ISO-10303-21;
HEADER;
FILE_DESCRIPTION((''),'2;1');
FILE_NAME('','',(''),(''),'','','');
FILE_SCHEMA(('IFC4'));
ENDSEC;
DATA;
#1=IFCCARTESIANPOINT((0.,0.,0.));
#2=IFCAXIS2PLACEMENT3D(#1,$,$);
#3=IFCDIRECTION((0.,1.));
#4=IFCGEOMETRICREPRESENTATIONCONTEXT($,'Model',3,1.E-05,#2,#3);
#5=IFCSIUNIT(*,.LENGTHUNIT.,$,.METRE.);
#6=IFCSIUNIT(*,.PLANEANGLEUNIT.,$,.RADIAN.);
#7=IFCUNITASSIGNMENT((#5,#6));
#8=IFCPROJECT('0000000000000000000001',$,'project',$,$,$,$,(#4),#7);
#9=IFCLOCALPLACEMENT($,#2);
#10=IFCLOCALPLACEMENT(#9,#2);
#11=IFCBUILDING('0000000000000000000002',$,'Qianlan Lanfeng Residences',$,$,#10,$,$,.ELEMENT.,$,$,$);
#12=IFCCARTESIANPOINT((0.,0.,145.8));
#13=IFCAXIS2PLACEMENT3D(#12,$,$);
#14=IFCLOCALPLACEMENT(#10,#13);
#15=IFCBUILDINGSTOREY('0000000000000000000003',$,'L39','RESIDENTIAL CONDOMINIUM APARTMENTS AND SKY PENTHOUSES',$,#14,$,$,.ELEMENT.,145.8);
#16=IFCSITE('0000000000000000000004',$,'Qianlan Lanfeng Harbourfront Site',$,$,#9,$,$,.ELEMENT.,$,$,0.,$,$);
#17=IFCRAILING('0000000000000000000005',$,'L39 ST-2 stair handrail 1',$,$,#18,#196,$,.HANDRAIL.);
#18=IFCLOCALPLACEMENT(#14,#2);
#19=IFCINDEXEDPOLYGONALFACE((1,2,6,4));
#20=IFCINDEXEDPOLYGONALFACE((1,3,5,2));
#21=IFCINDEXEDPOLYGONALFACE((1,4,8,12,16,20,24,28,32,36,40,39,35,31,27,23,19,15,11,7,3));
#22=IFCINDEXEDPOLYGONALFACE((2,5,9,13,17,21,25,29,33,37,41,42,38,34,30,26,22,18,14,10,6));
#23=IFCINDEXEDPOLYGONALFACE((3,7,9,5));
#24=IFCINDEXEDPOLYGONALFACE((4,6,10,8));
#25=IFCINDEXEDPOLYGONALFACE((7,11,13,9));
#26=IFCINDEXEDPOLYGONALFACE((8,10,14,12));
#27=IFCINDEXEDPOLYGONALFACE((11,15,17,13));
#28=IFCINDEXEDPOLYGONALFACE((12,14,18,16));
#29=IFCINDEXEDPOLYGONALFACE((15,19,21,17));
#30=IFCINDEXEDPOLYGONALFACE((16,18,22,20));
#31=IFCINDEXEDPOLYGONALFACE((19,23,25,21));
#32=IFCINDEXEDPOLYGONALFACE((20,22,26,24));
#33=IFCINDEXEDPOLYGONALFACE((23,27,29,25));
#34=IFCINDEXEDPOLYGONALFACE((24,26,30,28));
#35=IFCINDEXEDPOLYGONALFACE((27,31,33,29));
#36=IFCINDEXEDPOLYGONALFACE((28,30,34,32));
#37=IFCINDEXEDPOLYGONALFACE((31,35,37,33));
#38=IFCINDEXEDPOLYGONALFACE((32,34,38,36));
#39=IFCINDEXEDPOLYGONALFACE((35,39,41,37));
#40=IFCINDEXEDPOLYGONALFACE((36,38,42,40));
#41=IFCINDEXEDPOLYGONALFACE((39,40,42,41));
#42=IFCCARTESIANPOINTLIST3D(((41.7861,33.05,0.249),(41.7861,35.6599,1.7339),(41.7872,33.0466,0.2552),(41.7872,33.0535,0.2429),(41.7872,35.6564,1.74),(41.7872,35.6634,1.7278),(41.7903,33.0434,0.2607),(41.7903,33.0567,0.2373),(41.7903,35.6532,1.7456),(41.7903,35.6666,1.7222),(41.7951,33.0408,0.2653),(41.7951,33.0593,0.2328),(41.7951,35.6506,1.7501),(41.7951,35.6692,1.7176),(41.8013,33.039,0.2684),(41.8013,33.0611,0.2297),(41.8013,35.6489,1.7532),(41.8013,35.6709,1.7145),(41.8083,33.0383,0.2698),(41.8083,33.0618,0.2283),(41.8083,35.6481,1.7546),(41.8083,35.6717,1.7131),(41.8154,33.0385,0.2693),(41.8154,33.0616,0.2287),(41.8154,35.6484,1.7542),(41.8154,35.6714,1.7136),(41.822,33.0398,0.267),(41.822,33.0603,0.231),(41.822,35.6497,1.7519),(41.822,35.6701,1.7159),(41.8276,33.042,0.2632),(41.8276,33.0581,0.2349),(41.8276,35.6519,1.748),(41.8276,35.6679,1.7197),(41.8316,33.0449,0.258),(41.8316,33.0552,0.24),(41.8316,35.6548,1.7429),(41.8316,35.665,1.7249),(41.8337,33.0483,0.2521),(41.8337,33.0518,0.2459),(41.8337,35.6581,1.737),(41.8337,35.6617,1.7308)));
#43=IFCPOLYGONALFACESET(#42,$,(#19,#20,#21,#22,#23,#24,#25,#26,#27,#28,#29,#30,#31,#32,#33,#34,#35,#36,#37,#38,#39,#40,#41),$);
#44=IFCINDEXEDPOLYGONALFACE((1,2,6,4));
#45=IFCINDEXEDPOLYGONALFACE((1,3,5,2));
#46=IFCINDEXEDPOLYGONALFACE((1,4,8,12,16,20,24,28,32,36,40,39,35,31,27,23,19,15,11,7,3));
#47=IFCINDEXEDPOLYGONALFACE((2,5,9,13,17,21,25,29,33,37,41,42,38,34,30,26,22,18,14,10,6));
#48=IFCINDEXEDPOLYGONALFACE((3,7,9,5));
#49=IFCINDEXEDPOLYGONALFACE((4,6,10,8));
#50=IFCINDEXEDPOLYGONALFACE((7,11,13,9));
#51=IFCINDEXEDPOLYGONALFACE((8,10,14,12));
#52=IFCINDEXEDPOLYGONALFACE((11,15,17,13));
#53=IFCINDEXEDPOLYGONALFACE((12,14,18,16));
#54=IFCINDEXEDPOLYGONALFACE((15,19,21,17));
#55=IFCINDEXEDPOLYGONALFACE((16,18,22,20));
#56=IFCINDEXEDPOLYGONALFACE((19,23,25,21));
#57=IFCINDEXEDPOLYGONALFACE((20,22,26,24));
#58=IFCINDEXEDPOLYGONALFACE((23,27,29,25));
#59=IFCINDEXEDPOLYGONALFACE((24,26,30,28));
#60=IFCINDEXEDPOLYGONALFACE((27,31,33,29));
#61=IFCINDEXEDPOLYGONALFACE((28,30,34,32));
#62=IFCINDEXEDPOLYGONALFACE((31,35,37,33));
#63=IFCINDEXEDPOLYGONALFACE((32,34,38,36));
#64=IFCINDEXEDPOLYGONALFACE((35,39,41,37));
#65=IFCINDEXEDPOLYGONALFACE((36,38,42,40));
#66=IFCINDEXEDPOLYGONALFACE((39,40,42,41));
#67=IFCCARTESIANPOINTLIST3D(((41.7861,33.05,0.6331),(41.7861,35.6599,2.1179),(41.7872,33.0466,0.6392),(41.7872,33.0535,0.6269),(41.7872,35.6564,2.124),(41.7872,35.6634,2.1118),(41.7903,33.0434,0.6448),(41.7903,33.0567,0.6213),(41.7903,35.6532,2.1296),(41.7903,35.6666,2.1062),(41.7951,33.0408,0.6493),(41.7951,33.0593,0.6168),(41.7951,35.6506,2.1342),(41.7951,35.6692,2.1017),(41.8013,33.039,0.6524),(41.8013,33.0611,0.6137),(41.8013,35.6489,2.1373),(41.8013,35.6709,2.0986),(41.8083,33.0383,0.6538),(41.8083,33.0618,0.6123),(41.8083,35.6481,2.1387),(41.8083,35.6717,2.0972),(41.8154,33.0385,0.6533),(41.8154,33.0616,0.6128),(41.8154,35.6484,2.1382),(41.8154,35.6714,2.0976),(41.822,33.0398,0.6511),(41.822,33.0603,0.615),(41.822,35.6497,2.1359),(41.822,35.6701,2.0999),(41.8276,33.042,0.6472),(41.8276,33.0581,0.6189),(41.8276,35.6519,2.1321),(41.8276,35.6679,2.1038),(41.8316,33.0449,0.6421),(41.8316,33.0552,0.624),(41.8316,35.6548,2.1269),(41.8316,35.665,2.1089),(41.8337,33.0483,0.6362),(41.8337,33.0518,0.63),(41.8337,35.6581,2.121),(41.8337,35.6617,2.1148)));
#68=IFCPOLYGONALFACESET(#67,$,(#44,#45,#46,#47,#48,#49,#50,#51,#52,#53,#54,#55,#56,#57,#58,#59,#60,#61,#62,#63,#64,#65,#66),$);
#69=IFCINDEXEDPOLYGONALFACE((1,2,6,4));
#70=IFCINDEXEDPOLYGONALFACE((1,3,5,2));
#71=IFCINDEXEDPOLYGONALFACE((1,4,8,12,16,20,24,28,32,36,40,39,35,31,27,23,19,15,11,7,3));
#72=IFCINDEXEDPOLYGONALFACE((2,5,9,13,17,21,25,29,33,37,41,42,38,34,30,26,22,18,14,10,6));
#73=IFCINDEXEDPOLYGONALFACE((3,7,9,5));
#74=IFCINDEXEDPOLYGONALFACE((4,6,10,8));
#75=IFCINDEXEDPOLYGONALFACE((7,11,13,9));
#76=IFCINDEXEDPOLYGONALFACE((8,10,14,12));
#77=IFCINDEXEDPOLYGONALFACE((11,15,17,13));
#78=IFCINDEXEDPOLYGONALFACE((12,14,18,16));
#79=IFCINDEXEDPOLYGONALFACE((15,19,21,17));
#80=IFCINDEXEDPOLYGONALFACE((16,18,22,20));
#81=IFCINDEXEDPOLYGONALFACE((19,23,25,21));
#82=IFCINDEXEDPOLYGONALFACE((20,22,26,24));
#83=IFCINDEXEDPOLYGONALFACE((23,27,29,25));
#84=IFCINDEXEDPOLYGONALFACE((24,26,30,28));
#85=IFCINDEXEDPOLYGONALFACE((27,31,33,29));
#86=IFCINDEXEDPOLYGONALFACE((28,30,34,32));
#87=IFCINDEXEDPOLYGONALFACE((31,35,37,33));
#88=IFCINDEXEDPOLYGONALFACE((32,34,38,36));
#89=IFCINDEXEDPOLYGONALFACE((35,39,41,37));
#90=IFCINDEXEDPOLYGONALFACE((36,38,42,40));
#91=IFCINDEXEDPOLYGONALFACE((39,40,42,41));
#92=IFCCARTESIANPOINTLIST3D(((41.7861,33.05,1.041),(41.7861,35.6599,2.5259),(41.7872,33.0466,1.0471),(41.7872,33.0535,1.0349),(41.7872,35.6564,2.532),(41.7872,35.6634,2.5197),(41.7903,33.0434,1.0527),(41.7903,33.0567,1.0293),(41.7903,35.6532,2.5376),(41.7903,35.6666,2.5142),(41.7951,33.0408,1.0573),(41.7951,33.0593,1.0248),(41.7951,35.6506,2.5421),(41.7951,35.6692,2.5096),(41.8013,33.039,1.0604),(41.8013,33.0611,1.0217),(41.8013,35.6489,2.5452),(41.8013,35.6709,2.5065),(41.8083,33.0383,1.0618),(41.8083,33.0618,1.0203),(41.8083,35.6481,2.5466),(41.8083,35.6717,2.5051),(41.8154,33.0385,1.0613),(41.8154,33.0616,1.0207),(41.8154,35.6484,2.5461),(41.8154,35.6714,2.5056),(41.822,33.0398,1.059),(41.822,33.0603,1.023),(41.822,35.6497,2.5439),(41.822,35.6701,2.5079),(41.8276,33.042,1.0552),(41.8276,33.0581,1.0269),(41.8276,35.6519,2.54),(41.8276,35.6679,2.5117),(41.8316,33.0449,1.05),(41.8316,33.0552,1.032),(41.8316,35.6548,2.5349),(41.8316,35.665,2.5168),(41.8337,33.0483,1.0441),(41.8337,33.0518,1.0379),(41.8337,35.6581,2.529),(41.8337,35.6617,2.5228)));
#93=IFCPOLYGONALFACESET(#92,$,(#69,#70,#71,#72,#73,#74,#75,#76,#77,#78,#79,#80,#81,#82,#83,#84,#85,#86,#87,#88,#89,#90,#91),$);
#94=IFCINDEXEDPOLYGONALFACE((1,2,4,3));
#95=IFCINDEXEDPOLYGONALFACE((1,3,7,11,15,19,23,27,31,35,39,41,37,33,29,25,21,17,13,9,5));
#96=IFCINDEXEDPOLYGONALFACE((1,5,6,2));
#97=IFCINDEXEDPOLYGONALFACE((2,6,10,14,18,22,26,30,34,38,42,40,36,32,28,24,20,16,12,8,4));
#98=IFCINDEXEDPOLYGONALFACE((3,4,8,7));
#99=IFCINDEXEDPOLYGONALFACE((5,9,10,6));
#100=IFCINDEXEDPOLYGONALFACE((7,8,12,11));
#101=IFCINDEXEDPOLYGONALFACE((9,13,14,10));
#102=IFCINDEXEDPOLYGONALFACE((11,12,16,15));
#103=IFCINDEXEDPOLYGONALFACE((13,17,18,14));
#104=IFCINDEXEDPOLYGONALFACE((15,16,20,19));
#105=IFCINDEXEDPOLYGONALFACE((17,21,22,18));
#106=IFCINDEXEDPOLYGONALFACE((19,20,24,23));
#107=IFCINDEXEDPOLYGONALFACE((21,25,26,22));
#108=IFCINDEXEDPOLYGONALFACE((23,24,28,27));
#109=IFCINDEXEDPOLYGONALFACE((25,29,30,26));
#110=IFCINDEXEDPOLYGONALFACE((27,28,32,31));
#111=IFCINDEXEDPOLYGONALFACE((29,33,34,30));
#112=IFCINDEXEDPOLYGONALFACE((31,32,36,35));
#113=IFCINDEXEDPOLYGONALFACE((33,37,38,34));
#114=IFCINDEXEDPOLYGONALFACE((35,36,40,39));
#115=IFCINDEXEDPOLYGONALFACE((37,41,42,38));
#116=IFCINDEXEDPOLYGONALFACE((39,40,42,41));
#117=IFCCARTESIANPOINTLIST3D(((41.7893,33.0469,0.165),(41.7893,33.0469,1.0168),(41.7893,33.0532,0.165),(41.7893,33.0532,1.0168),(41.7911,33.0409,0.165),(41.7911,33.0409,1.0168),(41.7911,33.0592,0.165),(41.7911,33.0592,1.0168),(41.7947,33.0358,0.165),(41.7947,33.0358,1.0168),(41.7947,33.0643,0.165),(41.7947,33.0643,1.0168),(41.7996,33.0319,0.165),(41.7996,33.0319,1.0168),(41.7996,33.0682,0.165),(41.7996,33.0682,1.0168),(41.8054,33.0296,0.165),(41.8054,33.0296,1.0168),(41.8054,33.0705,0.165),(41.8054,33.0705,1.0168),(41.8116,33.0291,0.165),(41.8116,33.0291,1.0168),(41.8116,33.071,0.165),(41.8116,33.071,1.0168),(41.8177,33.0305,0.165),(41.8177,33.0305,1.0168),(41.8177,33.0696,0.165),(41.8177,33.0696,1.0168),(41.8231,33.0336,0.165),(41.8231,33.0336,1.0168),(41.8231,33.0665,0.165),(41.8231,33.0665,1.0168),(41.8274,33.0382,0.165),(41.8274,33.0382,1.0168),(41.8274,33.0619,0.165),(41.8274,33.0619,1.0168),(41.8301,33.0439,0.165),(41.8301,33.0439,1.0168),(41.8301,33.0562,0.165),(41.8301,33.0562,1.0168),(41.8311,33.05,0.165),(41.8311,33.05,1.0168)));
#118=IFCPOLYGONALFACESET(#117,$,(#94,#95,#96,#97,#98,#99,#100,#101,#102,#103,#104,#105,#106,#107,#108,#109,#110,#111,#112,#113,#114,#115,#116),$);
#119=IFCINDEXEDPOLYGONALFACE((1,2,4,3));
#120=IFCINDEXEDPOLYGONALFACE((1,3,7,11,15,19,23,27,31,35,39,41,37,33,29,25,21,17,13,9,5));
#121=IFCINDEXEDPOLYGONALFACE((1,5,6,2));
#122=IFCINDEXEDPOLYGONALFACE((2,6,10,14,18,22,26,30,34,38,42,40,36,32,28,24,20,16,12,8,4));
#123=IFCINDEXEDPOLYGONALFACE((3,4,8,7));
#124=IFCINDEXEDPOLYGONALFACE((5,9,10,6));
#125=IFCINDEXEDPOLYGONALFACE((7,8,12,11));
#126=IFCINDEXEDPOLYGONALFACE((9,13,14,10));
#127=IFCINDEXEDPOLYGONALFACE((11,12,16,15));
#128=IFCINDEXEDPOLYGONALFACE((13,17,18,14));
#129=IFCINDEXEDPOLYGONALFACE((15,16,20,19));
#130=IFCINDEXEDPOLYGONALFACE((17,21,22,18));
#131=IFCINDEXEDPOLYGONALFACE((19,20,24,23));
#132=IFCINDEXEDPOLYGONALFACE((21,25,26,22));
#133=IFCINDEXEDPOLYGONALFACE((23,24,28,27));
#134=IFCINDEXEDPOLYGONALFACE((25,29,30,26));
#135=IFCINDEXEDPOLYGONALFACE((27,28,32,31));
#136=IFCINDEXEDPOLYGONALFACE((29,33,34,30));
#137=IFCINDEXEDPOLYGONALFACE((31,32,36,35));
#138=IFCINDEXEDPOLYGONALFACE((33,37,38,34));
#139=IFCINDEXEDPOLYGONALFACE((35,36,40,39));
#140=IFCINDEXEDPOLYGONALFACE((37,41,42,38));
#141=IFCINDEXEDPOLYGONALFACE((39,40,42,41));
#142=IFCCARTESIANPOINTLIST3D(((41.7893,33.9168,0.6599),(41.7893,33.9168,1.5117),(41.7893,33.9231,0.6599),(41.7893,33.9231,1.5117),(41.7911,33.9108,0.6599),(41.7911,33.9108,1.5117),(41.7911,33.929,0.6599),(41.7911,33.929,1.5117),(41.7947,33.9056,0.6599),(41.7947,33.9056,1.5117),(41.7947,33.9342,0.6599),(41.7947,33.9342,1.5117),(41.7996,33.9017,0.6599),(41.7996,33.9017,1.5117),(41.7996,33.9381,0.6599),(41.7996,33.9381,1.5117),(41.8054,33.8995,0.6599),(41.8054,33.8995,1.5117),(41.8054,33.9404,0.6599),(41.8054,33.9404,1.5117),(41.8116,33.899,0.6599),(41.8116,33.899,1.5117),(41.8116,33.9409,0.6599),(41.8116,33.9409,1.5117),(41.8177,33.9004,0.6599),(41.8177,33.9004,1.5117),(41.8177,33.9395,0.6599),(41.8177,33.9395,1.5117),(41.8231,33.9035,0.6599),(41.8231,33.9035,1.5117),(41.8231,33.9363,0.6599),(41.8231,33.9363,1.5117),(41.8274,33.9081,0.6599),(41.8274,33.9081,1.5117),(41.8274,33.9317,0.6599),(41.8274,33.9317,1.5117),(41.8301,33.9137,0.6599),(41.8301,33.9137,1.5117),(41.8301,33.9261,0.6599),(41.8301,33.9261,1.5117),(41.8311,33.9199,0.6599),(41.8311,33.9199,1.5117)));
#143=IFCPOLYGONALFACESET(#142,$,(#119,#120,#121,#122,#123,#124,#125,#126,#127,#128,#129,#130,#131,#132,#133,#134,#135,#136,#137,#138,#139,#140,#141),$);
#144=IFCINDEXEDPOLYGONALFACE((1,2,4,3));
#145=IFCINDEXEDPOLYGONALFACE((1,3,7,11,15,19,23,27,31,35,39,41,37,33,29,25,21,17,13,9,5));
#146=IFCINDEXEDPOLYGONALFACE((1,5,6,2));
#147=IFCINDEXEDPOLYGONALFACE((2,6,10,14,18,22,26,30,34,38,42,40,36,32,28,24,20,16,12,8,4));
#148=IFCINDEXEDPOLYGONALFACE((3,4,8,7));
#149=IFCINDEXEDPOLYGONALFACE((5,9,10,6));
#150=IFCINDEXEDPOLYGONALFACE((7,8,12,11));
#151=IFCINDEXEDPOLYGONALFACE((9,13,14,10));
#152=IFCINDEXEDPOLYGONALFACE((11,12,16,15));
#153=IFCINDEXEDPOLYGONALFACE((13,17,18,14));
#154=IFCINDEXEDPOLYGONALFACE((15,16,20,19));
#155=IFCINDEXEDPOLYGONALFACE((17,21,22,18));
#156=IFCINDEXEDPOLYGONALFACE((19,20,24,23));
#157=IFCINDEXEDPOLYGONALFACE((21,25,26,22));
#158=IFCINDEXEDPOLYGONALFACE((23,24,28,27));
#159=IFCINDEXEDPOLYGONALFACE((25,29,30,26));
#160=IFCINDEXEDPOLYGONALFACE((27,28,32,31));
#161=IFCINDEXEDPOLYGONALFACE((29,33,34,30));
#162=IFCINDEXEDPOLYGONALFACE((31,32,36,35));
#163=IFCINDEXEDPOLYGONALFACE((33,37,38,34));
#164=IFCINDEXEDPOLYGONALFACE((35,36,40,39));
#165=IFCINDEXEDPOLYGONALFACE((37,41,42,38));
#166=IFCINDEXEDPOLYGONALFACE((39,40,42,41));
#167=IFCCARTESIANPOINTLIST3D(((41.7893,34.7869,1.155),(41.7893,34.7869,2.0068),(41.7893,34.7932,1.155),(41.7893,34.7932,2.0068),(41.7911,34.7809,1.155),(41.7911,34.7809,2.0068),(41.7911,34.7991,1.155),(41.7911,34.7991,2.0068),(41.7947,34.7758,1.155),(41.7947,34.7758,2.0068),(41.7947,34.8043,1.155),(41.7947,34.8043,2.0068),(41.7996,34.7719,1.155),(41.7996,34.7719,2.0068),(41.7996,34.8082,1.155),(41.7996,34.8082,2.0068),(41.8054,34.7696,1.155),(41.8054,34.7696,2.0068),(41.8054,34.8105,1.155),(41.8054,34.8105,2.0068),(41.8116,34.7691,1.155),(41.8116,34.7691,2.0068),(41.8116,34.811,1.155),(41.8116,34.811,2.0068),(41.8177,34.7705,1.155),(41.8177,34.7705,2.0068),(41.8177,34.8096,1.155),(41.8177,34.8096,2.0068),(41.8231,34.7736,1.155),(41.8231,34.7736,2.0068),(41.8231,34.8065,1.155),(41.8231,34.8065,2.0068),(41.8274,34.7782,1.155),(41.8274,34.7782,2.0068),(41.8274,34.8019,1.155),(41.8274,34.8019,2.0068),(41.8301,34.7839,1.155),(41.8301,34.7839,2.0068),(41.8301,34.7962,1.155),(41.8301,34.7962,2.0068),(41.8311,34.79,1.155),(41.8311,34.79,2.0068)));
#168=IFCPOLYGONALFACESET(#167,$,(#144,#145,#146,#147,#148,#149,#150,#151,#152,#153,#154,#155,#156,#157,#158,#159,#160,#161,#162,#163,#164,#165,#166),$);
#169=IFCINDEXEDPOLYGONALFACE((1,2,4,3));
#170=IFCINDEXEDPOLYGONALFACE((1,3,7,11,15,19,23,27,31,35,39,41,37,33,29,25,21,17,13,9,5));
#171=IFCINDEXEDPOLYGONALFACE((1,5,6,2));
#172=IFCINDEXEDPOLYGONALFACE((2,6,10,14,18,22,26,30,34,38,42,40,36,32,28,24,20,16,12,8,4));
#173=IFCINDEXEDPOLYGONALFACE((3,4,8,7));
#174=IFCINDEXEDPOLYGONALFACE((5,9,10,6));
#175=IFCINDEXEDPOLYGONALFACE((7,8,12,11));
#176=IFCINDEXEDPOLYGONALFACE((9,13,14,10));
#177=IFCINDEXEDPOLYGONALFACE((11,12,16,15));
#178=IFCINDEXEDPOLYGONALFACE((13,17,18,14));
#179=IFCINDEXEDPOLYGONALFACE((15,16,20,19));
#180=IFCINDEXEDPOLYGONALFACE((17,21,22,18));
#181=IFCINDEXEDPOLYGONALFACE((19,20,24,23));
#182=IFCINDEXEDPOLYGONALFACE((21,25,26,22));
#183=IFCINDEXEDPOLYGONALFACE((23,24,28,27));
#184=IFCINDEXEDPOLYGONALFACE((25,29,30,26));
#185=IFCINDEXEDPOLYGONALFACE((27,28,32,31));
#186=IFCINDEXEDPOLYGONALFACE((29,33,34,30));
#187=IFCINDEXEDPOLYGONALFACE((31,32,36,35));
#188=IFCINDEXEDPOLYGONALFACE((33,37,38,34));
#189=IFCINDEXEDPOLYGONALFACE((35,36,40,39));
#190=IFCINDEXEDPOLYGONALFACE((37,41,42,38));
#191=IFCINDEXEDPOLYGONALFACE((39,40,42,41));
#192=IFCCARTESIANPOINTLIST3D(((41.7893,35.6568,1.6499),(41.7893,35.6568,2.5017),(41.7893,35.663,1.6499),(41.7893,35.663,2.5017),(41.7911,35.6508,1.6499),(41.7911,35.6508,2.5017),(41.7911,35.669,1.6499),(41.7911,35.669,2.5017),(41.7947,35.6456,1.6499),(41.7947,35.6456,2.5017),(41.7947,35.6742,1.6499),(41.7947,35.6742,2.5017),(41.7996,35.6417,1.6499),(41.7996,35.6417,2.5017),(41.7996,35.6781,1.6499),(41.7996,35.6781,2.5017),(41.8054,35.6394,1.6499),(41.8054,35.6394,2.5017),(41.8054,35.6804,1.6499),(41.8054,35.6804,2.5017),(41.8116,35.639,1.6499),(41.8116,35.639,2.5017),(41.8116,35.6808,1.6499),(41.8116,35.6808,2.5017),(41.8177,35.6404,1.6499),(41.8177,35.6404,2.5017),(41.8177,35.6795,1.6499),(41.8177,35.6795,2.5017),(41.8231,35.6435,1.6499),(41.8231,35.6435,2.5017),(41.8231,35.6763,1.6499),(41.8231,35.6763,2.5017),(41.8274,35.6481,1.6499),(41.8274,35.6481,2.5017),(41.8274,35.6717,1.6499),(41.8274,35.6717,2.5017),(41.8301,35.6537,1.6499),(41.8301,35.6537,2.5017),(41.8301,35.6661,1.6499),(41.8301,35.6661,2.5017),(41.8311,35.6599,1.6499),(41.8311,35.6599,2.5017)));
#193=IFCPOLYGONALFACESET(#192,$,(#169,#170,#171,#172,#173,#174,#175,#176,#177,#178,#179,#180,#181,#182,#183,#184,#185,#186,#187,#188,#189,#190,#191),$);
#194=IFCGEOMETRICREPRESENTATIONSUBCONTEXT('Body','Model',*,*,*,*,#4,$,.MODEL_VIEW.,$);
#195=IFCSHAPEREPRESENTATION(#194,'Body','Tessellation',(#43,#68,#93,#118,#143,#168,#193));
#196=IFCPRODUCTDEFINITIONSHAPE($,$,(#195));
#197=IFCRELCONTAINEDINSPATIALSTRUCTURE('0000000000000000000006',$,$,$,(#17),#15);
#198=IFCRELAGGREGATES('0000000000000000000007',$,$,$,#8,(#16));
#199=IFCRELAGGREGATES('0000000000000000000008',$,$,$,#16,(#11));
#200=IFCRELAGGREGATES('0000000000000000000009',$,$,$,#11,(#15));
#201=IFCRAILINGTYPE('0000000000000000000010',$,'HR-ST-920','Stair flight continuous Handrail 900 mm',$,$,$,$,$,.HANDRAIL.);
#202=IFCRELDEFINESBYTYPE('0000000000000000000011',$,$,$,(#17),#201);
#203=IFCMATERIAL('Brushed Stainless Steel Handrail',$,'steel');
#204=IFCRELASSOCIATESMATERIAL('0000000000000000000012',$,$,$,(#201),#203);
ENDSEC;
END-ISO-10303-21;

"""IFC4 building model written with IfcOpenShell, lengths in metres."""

from ifc_helpers import new_model, si_unit, direction, frame, origin, origin_2d, place, context, subcontext, project, spatial, circle, extrude, material, type_object, element, save


model = new_model("IFC4")

# Units and contexts
model_context = context("Model", 3, precision=1e-05, world=origin(), true_north=direction((0.0, 1.0)))
body_context = subcontext(model_context, "Body", "Model", "MODEL_VIEW")
ifc_project = project(units=[si_unit("LENGTHUNIT", "METRE"), si_unit("PLANEANGLEUNIT", "RADIAN")], contexts=[model_context])

# Site, building, storey
site_placement = place(None, origin())
site = spatial("IfcSite", under=ifc_project, at=site_placement, Name="Qianlan Lanfeng Harbourfront Site", CompositionType="ELEMENT", RefElevation=0.0)
building_placement = place(site_placement, origin())
building = spatial("IfcBuilding", under=site, at=building_placement, Name="Qianlan Lanfeng Residences", CompositionType="ELEMENT")
storey_placement = place(building_placement, frame((0.0, 0.0, 145.8)))
storey = spatial("IfcBuildingStorey", under=building, at=storey_placement, Name="L39", Description="RESIDENTIAL CONDOMINIUM APARTMENTS AND SKY PENTHOUSES", CompositionType="ELEMENT", Elevation=145.8)

# Railing
ifc_material_1 = material(Name="Brushed Stainless Steel Handrail", Category="steel")
railing_type_1 = type_object("IfcRailingType", Name="HR-ST-920", Description="Stair flight continuous Handrail 900 mm", PredefinedType="HANDRAIL", material=ifc_material_1)
railing_1_placement = place(storey_placement, frame((41.8101, 33.05, 0.165)))
element("IfcRailing", 1, at=railing_1_placement, inside=storey, type_object=railing_type_1, Name="L39 ST-2 stair handrail 1", PredefinedType="HANDRAIL", context=body_context, shape_type="SweptSolid", body=[
    extrude(circle(Radius=0.0239, at=origin_2d()), frame((0.0, 0.0, 0.084), z_axis=(0.0, 0.869172, 0.494509), x_axis=(-1.0, 0.0, 0.0)), (0.0, 0.0, 1.0), 3.0027),
    extrude(circle(Radius=0.0239, at=origin_2d()), frame((0.0, 0.0, 0.468), z_axis=(0.0, 0.869172, 0.494509), x_axis=(-1.0, 0.0, 0.0)), (0.0, 0.0, 1.0), 3.0027),
    extrude(circle(Radius=0.0239, at=origin_2d()), frame((0.0, 0.0, 0.876), z_axis=(0.0, 0.869172, 0.494509), x_axis=(-1.0, 0.0, 0.0)), (0.0, 0.0, 1.0), 3.0027),
    extrude(circle(Radius=0.021, at=origin_2d()), origin(), (0.0, 0.0, 1.0), 0.8518),
    extrude(circle(Radius=0.021, at=origin_2d()), frame((0.0, 0.8699, 0.4949)), (0.0, 0.0, 1.0), 0.8518),
    extrude(circle(Radius=0.021, at=origin_2d()), frame((0.0, 1.74, 0.99)), (0.0, 0.0, 1.0), 0.8518),
    extrude(circle(Radius=0.021, at=origin_2d()), frame((0.0, 2.6099, 1.4849)), (0.0, 0.0, 1.0), 0.8518),
])

save(model, "model.ifc")
